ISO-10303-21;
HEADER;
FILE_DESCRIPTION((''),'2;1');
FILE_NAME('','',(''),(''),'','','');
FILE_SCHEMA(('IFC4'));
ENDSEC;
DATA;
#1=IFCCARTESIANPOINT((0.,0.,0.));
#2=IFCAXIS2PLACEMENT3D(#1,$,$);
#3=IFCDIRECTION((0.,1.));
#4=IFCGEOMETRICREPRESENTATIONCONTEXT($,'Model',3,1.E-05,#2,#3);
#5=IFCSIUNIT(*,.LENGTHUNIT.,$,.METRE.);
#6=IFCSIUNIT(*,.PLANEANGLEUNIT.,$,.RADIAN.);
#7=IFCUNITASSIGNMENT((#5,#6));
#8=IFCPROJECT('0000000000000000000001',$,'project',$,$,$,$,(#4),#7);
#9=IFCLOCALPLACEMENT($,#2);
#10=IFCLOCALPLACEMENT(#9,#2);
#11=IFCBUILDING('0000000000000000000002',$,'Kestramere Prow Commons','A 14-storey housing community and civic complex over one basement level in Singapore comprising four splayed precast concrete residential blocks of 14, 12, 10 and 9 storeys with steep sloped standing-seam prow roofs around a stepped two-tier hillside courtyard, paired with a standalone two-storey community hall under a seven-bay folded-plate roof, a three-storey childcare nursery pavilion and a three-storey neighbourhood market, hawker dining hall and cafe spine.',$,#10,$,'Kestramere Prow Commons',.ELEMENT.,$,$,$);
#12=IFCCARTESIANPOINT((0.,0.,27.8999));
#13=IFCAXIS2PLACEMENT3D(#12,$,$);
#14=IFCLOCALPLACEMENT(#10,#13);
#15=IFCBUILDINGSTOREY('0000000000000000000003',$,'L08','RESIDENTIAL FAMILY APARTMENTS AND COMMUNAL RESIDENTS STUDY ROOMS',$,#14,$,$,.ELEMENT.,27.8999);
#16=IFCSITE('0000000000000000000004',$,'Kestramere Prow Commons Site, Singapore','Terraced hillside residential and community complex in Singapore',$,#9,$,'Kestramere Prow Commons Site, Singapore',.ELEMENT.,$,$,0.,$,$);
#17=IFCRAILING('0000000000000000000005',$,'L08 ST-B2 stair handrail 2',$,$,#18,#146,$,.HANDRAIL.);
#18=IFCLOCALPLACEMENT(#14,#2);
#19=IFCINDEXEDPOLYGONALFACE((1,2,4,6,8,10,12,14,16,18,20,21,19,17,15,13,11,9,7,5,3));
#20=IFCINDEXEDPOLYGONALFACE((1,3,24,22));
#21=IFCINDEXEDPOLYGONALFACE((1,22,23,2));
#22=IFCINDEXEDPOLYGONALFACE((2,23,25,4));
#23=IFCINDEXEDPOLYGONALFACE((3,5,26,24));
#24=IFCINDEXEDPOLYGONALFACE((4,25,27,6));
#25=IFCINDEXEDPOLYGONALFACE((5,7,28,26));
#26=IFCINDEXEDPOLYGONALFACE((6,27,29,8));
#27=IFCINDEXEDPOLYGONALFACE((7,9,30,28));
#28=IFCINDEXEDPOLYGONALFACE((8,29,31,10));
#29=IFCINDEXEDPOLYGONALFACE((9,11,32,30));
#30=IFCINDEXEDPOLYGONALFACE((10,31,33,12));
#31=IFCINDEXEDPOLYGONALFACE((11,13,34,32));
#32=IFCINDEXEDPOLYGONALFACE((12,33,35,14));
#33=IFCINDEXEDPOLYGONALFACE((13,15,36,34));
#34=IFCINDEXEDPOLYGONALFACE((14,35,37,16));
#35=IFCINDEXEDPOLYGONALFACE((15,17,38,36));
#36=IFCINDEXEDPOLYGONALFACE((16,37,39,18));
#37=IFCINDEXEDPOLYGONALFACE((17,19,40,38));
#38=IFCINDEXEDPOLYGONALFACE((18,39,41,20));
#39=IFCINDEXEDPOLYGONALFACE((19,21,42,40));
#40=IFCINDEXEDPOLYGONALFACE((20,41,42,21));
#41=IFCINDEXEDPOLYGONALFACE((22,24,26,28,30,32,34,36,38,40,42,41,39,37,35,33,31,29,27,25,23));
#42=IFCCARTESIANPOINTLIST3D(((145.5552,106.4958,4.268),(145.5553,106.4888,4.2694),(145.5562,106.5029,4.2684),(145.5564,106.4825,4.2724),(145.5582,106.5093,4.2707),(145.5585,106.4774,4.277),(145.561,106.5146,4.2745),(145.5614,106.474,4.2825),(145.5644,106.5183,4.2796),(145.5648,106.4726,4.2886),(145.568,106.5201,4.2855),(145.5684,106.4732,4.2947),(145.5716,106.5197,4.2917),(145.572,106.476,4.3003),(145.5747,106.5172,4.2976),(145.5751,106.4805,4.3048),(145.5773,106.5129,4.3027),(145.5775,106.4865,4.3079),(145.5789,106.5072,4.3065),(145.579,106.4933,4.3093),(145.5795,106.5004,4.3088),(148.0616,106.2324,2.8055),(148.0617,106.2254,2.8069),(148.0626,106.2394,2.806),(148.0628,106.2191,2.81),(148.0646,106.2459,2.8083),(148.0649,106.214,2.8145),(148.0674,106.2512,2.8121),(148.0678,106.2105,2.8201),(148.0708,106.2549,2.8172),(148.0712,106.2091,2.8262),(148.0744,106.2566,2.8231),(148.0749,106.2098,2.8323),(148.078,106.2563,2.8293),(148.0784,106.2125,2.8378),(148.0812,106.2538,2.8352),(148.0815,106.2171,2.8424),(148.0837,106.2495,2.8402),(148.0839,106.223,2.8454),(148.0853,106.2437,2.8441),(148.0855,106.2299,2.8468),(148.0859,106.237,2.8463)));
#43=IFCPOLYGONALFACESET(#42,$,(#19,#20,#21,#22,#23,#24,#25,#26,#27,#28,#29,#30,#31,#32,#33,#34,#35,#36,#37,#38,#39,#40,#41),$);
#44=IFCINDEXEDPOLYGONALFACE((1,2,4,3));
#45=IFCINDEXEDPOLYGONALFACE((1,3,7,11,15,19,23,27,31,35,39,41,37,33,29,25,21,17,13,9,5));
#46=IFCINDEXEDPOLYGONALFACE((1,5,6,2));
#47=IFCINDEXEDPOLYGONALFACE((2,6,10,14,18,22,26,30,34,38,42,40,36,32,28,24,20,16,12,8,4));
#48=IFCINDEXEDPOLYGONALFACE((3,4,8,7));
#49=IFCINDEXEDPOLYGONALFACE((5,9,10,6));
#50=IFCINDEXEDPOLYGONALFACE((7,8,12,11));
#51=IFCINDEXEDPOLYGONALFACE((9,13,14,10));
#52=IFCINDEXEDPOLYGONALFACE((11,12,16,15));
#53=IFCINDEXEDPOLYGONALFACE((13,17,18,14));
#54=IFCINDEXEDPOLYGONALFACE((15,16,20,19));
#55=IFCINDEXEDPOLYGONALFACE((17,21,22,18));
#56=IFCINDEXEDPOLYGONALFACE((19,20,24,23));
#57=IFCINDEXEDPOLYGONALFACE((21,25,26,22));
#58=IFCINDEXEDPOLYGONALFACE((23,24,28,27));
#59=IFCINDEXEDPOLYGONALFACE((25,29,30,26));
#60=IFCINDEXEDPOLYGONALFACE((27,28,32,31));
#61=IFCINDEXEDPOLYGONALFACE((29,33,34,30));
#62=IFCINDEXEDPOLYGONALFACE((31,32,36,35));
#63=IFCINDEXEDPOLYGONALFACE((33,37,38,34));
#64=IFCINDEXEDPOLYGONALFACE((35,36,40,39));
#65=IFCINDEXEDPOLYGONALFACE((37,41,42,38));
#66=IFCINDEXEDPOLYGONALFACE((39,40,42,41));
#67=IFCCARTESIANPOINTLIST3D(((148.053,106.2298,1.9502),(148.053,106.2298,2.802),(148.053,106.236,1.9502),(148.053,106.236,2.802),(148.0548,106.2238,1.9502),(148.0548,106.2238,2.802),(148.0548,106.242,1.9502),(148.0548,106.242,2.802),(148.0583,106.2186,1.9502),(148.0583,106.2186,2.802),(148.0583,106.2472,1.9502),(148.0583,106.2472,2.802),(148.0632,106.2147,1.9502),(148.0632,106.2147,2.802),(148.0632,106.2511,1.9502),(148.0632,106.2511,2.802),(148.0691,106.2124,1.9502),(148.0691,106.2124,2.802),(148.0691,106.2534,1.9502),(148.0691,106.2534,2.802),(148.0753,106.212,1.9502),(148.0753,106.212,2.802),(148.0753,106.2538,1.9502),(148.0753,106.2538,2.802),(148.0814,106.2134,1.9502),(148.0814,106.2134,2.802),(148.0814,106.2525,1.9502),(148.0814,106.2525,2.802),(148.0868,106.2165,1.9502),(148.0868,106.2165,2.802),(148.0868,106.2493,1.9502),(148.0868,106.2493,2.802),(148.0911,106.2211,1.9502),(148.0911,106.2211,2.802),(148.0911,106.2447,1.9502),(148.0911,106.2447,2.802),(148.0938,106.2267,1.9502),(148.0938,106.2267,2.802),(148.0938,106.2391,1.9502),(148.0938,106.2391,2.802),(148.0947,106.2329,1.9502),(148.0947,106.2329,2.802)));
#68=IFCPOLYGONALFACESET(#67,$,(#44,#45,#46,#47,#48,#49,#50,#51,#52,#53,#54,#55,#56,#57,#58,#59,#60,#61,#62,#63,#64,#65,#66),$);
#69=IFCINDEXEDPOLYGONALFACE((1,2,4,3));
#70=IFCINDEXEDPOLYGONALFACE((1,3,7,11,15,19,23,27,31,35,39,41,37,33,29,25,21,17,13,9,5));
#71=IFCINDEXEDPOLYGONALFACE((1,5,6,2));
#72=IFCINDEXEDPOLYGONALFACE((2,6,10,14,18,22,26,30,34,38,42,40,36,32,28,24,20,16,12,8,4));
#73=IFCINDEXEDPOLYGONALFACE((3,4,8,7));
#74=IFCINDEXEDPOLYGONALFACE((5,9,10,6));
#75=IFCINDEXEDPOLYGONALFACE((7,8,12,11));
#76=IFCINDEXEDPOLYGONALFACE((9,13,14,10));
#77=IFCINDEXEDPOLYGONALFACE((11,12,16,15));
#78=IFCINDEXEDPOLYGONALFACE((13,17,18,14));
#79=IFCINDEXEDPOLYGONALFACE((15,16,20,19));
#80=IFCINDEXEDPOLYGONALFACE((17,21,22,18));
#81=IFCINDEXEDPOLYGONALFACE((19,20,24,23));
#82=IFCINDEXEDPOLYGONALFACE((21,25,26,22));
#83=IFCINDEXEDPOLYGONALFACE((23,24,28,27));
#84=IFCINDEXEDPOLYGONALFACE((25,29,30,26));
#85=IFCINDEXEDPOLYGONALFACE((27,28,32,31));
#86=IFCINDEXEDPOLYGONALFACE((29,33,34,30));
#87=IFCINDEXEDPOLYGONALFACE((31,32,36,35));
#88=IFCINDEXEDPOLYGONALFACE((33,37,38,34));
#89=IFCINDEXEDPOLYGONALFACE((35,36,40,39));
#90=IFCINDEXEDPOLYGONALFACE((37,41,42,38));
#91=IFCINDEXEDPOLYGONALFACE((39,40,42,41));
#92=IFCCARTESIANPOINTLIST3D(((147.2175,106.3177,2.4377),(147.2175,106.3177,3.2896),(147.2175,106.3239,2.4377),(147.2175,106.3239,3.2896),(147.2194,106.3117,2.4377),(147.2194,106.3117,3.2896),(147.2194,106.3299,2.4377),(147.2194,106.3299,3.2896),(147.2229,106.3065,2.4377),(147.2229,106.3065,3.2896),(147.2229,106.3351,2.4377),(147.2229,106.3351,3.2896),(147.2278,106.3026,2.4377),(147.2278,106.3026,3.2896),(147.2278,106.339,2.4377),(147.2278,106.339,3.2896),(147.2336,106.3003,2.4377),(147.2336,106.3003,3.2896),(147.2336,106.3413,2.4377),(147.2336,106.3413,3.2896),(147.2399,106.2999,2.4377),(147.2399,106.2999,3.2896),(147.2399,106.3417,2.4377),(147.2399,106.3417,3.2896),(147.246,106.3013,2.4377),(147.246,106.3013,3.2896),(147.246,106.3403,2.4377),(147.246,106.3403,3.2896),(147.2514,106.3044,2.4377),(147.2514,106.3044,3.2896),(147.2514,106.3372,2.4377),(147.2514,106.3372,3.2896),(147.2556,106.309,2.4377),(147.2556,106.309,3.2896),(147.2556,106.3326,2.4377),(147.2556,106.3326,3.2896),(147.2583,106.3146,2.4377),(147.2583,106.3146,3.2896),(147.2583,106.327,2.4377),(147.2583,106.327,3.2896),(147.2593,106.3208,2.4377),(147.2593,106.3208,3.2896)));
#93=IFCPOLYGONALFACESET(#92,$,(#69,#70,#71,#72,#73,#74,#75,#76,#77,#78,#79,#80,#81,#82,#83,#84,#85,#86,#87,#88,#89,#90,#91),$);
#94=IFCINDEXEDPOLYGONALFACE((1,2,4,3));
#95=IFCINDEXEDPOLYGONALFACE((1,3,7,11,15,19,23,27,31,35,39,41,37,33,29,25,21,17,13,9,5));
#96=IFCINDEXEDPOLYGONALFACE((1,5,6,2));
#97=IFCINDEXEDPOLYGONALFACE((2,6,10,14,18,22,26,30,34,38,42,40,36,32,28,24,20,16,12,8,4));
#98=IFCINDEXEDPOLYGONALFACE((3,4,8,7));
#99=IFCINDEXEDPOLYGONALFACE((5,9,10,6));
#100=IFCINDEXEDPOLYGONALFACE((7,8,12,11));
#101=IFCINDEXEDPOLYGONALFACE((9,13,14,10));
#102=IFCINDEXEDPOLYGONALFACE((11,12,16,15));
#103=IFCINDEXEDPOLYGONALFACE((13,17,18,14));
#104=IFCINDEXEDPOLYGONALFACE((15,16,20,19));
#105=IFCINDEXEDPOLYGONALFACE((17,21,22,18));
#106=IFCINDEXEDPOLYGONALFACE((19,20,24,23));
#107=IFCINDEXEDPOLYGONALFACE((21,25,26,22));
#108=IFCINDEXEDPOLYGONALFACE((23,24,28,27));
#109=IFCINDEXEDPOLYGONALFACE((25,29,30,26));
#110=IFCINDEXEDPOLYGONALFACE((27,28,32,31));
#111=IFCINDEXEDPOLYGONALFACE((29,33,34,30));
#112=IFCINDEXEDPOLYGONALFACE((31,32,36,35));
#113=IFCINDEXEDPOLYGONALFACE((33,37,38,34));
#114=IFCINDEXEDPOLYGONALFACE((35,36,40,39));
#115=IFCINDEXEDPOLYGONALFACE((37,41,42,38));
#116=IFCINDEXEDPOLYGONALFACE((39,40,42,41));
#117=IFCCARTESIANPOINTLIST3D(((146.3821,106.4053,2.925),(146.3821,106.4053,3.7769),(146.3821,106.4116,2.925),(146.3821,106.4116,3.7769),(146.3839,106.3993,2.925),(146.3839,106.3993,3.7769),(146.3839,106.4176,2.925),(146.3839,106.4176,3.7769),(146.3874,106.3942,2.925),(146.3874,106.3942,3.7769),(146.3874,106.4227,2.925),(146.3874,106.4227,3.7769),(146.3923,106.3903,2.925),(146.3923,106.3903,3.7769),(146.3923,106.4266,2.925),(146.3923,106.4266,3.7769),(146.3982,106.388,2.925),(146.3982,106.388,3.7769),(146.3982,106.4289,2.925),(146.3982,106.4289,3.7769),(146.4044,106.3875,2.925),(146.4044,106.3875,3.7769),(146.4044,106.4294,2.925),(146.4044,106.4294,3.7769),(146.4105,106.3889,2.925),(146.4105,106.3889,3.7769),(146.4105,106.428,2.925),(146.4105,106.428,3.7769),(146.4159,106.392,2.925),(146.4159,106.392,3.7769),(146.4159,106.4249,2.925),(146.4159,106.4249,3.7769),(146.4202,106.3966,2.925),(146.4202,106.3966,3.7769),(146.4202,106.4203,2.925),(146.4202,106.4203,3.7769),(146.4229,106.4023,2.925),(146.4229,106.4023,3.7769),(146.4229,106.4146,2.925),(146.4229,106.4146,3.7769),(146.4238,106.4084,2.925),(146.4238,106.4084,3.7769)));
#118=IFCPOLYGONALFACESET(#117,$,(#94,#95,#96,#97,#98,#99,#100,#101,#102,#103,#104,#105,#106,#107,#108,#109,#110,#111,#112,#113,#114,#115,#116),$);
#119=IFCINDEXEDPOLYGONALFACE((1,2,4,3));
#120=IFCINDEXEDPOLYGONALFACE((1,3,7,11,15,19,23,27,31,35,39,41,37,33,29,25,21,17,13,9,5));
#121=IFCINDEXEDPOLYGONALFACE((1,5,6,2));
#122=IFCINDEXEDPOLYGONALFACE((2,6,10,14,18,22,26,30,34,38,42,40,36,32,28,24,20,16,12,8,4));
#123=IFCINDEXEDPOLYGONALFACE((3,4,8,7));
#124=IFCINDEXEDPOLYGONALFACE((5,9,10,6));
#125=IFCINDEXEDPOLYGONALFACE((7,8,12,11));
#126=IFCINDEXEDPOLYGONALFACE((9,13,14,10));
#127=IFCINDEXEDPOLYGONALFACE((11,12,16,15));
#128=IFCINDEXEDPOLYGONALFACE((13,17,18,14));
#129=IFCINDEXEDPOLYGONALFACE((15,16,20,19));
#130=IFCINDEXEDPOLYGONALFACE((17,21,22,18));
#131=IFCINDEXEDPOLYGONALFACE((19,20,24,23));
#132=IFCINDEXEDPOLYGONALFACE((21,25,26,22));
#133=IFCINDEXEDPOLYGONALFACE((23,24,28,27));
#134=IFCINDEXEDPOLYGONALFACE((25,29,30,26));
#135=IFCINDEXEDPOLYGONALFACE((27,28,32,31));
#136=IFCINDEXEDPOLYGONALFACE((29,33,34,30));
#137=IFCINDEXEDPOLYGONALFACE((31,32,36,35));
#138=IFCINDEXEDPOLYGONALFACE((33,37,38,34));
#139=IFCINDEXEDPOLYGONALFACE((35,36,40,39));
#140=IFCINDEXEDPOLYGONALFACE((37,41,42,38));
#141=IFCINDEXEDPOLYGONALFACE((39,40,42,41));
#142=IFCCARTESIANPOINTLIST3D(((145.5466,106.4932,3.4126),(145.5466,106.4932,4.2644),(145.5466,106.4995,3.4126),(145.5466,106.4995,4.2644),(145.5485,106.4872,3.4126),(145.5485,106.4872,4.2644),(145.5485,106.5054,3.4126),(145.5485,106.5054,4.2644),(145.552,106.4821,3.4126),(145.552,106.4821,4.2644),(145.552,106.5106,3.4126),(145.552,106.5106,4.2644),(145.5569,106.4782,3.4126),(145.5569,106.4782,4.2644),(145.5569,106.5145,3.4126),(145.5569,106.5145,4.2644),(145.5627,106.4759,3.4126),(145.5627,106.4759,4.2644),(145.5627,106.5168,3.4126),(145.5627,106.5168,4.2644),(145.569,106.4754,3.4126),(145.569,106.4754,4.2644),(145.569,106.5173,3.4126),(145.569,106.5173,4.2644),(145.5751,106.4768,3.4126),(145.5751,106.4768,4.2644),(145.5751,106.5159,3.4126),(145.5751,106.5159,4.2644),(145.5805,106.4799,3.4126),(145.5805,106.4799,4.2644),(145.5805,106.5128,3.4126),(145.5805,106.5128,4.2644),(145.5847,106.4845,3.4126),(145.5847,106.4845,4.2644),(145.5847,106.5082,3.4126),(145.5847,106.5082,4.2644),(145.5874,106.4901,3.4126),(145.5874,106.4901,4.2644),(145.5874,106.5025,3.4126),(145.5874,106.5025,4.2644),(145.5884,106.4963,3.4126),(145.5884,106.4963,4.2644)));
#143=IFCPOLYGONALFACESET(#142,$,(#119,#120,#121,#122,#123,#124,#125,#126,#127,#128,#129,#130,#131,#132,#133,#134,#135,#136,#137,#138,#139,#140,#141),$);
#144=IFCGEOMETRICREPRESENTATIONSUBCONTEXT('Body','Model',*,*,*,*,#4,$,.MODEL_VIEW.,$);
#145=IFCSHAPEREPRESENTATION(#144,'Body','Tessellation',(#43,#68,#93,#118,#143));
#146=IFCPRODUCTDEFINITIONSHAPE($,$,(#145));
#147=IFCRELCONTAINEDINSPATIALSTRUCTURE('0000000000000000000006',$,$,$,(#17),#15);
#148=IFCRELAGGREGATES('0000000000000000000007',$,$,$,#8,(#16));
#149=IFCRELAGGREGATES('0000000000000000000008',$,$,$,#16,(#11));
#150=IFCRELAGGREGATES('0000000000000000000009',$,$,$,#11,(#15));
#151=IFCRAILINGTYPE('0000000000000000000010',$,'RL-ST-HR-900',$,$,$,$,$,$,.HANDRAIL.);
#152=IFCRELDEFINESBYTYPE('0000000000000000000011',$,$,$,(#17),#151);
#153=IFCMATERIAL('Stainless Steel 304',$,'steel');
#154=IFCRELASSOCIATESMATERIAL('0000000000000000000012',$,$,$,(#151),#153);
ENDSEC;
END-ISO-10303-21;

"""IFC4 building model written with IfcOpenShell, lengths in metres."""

from ifc_helpers import new_model, si_unit, direction, frame, origin, origin_2d, place, context, subcontext, project, spatial, circle, extrude, material, type_object, element, save


model = new_model("IFC4")

# Units and contexts
model_context = context("Model", 3, precision=1e-05, world=origin(), true_north=direction((0.0, 1.0)))
body_context = subcontext(model_context, "Body", "Model", "MODEL_VIEW")
ifc_project = project(units=[si_unit("LENGTHUNIT", "METRE"), si_unit("PLANEANGLEUNIT", "RADIAN")], contexts=[model_context])

# Site, building, storey
site_placement = place(None, origin())
site = spatial("IfcSite", under=ifc_project, at=site_placement, Name="Kestramere Prow Commons Site, Singapore", Description="Terraced hillside residential and community complex in Singapore", LongName="Kestramere Prow Commons Site, Singapore", CompositionType="ELEMENT", RefElevation=0.0)
building_placement = place(site_placement, origin())
building = spatial("IfcBuilding", under=site, at=building_placement, Name="Kestramere Prow Commons", Description="A 14-storey housing community and civic complex over one basement level in Singapore comprising four splayed precast concrete residential blocks of 14, 12, 10 and 9 storeys with steep sloped standing-seam prow roofs around a stepped two-tier hillside courtyard, paired with a standalone two-storey community hall under a seven-bay folded-plate roof, a three-storey childcare nursery pavilion and a three-storey neighbourhood market, hawker dining hall and cafe spine.", LongName="Kestramere Prow Commons", CompositionType="ELEMENT")
storey_placement = place(building_placement, frame((0.0, 0.0, 27.8999)))
storey = spatial("IfcBuildingStorey", under=building, at=storey_placement, Name="L08", Description="RESIDENTIAL FAMILY APARTMENTS AND COMMUNAL RESIDENTS STUDY ROOMS", CompositionType="ELEMENT", Elevation=27.8999)

# Railing
ifc_material_1 = material(Name="Stainless Steel 304", Category="steel")
railing_type_1 = type_object("IfcRailingType", Name="RL-ST-HR-900", PredefinedType="HANDRAIL", material=ifc_material_1)
railing_1_placement = place(storey_placement, frame((148.0737, 106.2329, 1.9502)))
element("IfcRailing", 1, at=railing_1_placement, inside=storey, type_object=railing_type_1, Name="L08 ST-B2 stair handrail 2", PredefinedType="HANDRAIL", context=body_context, shape_type="SweptSolid", body=[
    extrude(circle(Radius=0.0239, at=origin_2d()), frame((0.0, 0.0, 0.876), z_axis=(-0.860187, 0.090409, 0.501901), x_axis=(-0.104528, -0.994522, 0.0)), (0.0, 0.0, 1.0), 2.9138),
    extrude(circle(Radius=0.021, at=origin_2d()), origin(), (0.0, 0.0, 1.0), 0.8518),
    extrude(circle(Radius=0.021, at=origin_2d()), frame((-0.8354, 0.0879, 0.4875)), (0.0, 0.0, 1.0), 0.8518),
    extrude(circle(Radius=0.021, at=origin_2d()), frame((-1.6709, 0.1755, 0.9749)), (0.0, 0.0, 1.0), 0.8518),
    extrude(circle(Radius=0.021, at=origin_2d()), frame((-2.5063, 0.2634, 1.4624)), (0.0, 0.0, 1.0), 0.8518),
])

save(model, "model.ifc")
